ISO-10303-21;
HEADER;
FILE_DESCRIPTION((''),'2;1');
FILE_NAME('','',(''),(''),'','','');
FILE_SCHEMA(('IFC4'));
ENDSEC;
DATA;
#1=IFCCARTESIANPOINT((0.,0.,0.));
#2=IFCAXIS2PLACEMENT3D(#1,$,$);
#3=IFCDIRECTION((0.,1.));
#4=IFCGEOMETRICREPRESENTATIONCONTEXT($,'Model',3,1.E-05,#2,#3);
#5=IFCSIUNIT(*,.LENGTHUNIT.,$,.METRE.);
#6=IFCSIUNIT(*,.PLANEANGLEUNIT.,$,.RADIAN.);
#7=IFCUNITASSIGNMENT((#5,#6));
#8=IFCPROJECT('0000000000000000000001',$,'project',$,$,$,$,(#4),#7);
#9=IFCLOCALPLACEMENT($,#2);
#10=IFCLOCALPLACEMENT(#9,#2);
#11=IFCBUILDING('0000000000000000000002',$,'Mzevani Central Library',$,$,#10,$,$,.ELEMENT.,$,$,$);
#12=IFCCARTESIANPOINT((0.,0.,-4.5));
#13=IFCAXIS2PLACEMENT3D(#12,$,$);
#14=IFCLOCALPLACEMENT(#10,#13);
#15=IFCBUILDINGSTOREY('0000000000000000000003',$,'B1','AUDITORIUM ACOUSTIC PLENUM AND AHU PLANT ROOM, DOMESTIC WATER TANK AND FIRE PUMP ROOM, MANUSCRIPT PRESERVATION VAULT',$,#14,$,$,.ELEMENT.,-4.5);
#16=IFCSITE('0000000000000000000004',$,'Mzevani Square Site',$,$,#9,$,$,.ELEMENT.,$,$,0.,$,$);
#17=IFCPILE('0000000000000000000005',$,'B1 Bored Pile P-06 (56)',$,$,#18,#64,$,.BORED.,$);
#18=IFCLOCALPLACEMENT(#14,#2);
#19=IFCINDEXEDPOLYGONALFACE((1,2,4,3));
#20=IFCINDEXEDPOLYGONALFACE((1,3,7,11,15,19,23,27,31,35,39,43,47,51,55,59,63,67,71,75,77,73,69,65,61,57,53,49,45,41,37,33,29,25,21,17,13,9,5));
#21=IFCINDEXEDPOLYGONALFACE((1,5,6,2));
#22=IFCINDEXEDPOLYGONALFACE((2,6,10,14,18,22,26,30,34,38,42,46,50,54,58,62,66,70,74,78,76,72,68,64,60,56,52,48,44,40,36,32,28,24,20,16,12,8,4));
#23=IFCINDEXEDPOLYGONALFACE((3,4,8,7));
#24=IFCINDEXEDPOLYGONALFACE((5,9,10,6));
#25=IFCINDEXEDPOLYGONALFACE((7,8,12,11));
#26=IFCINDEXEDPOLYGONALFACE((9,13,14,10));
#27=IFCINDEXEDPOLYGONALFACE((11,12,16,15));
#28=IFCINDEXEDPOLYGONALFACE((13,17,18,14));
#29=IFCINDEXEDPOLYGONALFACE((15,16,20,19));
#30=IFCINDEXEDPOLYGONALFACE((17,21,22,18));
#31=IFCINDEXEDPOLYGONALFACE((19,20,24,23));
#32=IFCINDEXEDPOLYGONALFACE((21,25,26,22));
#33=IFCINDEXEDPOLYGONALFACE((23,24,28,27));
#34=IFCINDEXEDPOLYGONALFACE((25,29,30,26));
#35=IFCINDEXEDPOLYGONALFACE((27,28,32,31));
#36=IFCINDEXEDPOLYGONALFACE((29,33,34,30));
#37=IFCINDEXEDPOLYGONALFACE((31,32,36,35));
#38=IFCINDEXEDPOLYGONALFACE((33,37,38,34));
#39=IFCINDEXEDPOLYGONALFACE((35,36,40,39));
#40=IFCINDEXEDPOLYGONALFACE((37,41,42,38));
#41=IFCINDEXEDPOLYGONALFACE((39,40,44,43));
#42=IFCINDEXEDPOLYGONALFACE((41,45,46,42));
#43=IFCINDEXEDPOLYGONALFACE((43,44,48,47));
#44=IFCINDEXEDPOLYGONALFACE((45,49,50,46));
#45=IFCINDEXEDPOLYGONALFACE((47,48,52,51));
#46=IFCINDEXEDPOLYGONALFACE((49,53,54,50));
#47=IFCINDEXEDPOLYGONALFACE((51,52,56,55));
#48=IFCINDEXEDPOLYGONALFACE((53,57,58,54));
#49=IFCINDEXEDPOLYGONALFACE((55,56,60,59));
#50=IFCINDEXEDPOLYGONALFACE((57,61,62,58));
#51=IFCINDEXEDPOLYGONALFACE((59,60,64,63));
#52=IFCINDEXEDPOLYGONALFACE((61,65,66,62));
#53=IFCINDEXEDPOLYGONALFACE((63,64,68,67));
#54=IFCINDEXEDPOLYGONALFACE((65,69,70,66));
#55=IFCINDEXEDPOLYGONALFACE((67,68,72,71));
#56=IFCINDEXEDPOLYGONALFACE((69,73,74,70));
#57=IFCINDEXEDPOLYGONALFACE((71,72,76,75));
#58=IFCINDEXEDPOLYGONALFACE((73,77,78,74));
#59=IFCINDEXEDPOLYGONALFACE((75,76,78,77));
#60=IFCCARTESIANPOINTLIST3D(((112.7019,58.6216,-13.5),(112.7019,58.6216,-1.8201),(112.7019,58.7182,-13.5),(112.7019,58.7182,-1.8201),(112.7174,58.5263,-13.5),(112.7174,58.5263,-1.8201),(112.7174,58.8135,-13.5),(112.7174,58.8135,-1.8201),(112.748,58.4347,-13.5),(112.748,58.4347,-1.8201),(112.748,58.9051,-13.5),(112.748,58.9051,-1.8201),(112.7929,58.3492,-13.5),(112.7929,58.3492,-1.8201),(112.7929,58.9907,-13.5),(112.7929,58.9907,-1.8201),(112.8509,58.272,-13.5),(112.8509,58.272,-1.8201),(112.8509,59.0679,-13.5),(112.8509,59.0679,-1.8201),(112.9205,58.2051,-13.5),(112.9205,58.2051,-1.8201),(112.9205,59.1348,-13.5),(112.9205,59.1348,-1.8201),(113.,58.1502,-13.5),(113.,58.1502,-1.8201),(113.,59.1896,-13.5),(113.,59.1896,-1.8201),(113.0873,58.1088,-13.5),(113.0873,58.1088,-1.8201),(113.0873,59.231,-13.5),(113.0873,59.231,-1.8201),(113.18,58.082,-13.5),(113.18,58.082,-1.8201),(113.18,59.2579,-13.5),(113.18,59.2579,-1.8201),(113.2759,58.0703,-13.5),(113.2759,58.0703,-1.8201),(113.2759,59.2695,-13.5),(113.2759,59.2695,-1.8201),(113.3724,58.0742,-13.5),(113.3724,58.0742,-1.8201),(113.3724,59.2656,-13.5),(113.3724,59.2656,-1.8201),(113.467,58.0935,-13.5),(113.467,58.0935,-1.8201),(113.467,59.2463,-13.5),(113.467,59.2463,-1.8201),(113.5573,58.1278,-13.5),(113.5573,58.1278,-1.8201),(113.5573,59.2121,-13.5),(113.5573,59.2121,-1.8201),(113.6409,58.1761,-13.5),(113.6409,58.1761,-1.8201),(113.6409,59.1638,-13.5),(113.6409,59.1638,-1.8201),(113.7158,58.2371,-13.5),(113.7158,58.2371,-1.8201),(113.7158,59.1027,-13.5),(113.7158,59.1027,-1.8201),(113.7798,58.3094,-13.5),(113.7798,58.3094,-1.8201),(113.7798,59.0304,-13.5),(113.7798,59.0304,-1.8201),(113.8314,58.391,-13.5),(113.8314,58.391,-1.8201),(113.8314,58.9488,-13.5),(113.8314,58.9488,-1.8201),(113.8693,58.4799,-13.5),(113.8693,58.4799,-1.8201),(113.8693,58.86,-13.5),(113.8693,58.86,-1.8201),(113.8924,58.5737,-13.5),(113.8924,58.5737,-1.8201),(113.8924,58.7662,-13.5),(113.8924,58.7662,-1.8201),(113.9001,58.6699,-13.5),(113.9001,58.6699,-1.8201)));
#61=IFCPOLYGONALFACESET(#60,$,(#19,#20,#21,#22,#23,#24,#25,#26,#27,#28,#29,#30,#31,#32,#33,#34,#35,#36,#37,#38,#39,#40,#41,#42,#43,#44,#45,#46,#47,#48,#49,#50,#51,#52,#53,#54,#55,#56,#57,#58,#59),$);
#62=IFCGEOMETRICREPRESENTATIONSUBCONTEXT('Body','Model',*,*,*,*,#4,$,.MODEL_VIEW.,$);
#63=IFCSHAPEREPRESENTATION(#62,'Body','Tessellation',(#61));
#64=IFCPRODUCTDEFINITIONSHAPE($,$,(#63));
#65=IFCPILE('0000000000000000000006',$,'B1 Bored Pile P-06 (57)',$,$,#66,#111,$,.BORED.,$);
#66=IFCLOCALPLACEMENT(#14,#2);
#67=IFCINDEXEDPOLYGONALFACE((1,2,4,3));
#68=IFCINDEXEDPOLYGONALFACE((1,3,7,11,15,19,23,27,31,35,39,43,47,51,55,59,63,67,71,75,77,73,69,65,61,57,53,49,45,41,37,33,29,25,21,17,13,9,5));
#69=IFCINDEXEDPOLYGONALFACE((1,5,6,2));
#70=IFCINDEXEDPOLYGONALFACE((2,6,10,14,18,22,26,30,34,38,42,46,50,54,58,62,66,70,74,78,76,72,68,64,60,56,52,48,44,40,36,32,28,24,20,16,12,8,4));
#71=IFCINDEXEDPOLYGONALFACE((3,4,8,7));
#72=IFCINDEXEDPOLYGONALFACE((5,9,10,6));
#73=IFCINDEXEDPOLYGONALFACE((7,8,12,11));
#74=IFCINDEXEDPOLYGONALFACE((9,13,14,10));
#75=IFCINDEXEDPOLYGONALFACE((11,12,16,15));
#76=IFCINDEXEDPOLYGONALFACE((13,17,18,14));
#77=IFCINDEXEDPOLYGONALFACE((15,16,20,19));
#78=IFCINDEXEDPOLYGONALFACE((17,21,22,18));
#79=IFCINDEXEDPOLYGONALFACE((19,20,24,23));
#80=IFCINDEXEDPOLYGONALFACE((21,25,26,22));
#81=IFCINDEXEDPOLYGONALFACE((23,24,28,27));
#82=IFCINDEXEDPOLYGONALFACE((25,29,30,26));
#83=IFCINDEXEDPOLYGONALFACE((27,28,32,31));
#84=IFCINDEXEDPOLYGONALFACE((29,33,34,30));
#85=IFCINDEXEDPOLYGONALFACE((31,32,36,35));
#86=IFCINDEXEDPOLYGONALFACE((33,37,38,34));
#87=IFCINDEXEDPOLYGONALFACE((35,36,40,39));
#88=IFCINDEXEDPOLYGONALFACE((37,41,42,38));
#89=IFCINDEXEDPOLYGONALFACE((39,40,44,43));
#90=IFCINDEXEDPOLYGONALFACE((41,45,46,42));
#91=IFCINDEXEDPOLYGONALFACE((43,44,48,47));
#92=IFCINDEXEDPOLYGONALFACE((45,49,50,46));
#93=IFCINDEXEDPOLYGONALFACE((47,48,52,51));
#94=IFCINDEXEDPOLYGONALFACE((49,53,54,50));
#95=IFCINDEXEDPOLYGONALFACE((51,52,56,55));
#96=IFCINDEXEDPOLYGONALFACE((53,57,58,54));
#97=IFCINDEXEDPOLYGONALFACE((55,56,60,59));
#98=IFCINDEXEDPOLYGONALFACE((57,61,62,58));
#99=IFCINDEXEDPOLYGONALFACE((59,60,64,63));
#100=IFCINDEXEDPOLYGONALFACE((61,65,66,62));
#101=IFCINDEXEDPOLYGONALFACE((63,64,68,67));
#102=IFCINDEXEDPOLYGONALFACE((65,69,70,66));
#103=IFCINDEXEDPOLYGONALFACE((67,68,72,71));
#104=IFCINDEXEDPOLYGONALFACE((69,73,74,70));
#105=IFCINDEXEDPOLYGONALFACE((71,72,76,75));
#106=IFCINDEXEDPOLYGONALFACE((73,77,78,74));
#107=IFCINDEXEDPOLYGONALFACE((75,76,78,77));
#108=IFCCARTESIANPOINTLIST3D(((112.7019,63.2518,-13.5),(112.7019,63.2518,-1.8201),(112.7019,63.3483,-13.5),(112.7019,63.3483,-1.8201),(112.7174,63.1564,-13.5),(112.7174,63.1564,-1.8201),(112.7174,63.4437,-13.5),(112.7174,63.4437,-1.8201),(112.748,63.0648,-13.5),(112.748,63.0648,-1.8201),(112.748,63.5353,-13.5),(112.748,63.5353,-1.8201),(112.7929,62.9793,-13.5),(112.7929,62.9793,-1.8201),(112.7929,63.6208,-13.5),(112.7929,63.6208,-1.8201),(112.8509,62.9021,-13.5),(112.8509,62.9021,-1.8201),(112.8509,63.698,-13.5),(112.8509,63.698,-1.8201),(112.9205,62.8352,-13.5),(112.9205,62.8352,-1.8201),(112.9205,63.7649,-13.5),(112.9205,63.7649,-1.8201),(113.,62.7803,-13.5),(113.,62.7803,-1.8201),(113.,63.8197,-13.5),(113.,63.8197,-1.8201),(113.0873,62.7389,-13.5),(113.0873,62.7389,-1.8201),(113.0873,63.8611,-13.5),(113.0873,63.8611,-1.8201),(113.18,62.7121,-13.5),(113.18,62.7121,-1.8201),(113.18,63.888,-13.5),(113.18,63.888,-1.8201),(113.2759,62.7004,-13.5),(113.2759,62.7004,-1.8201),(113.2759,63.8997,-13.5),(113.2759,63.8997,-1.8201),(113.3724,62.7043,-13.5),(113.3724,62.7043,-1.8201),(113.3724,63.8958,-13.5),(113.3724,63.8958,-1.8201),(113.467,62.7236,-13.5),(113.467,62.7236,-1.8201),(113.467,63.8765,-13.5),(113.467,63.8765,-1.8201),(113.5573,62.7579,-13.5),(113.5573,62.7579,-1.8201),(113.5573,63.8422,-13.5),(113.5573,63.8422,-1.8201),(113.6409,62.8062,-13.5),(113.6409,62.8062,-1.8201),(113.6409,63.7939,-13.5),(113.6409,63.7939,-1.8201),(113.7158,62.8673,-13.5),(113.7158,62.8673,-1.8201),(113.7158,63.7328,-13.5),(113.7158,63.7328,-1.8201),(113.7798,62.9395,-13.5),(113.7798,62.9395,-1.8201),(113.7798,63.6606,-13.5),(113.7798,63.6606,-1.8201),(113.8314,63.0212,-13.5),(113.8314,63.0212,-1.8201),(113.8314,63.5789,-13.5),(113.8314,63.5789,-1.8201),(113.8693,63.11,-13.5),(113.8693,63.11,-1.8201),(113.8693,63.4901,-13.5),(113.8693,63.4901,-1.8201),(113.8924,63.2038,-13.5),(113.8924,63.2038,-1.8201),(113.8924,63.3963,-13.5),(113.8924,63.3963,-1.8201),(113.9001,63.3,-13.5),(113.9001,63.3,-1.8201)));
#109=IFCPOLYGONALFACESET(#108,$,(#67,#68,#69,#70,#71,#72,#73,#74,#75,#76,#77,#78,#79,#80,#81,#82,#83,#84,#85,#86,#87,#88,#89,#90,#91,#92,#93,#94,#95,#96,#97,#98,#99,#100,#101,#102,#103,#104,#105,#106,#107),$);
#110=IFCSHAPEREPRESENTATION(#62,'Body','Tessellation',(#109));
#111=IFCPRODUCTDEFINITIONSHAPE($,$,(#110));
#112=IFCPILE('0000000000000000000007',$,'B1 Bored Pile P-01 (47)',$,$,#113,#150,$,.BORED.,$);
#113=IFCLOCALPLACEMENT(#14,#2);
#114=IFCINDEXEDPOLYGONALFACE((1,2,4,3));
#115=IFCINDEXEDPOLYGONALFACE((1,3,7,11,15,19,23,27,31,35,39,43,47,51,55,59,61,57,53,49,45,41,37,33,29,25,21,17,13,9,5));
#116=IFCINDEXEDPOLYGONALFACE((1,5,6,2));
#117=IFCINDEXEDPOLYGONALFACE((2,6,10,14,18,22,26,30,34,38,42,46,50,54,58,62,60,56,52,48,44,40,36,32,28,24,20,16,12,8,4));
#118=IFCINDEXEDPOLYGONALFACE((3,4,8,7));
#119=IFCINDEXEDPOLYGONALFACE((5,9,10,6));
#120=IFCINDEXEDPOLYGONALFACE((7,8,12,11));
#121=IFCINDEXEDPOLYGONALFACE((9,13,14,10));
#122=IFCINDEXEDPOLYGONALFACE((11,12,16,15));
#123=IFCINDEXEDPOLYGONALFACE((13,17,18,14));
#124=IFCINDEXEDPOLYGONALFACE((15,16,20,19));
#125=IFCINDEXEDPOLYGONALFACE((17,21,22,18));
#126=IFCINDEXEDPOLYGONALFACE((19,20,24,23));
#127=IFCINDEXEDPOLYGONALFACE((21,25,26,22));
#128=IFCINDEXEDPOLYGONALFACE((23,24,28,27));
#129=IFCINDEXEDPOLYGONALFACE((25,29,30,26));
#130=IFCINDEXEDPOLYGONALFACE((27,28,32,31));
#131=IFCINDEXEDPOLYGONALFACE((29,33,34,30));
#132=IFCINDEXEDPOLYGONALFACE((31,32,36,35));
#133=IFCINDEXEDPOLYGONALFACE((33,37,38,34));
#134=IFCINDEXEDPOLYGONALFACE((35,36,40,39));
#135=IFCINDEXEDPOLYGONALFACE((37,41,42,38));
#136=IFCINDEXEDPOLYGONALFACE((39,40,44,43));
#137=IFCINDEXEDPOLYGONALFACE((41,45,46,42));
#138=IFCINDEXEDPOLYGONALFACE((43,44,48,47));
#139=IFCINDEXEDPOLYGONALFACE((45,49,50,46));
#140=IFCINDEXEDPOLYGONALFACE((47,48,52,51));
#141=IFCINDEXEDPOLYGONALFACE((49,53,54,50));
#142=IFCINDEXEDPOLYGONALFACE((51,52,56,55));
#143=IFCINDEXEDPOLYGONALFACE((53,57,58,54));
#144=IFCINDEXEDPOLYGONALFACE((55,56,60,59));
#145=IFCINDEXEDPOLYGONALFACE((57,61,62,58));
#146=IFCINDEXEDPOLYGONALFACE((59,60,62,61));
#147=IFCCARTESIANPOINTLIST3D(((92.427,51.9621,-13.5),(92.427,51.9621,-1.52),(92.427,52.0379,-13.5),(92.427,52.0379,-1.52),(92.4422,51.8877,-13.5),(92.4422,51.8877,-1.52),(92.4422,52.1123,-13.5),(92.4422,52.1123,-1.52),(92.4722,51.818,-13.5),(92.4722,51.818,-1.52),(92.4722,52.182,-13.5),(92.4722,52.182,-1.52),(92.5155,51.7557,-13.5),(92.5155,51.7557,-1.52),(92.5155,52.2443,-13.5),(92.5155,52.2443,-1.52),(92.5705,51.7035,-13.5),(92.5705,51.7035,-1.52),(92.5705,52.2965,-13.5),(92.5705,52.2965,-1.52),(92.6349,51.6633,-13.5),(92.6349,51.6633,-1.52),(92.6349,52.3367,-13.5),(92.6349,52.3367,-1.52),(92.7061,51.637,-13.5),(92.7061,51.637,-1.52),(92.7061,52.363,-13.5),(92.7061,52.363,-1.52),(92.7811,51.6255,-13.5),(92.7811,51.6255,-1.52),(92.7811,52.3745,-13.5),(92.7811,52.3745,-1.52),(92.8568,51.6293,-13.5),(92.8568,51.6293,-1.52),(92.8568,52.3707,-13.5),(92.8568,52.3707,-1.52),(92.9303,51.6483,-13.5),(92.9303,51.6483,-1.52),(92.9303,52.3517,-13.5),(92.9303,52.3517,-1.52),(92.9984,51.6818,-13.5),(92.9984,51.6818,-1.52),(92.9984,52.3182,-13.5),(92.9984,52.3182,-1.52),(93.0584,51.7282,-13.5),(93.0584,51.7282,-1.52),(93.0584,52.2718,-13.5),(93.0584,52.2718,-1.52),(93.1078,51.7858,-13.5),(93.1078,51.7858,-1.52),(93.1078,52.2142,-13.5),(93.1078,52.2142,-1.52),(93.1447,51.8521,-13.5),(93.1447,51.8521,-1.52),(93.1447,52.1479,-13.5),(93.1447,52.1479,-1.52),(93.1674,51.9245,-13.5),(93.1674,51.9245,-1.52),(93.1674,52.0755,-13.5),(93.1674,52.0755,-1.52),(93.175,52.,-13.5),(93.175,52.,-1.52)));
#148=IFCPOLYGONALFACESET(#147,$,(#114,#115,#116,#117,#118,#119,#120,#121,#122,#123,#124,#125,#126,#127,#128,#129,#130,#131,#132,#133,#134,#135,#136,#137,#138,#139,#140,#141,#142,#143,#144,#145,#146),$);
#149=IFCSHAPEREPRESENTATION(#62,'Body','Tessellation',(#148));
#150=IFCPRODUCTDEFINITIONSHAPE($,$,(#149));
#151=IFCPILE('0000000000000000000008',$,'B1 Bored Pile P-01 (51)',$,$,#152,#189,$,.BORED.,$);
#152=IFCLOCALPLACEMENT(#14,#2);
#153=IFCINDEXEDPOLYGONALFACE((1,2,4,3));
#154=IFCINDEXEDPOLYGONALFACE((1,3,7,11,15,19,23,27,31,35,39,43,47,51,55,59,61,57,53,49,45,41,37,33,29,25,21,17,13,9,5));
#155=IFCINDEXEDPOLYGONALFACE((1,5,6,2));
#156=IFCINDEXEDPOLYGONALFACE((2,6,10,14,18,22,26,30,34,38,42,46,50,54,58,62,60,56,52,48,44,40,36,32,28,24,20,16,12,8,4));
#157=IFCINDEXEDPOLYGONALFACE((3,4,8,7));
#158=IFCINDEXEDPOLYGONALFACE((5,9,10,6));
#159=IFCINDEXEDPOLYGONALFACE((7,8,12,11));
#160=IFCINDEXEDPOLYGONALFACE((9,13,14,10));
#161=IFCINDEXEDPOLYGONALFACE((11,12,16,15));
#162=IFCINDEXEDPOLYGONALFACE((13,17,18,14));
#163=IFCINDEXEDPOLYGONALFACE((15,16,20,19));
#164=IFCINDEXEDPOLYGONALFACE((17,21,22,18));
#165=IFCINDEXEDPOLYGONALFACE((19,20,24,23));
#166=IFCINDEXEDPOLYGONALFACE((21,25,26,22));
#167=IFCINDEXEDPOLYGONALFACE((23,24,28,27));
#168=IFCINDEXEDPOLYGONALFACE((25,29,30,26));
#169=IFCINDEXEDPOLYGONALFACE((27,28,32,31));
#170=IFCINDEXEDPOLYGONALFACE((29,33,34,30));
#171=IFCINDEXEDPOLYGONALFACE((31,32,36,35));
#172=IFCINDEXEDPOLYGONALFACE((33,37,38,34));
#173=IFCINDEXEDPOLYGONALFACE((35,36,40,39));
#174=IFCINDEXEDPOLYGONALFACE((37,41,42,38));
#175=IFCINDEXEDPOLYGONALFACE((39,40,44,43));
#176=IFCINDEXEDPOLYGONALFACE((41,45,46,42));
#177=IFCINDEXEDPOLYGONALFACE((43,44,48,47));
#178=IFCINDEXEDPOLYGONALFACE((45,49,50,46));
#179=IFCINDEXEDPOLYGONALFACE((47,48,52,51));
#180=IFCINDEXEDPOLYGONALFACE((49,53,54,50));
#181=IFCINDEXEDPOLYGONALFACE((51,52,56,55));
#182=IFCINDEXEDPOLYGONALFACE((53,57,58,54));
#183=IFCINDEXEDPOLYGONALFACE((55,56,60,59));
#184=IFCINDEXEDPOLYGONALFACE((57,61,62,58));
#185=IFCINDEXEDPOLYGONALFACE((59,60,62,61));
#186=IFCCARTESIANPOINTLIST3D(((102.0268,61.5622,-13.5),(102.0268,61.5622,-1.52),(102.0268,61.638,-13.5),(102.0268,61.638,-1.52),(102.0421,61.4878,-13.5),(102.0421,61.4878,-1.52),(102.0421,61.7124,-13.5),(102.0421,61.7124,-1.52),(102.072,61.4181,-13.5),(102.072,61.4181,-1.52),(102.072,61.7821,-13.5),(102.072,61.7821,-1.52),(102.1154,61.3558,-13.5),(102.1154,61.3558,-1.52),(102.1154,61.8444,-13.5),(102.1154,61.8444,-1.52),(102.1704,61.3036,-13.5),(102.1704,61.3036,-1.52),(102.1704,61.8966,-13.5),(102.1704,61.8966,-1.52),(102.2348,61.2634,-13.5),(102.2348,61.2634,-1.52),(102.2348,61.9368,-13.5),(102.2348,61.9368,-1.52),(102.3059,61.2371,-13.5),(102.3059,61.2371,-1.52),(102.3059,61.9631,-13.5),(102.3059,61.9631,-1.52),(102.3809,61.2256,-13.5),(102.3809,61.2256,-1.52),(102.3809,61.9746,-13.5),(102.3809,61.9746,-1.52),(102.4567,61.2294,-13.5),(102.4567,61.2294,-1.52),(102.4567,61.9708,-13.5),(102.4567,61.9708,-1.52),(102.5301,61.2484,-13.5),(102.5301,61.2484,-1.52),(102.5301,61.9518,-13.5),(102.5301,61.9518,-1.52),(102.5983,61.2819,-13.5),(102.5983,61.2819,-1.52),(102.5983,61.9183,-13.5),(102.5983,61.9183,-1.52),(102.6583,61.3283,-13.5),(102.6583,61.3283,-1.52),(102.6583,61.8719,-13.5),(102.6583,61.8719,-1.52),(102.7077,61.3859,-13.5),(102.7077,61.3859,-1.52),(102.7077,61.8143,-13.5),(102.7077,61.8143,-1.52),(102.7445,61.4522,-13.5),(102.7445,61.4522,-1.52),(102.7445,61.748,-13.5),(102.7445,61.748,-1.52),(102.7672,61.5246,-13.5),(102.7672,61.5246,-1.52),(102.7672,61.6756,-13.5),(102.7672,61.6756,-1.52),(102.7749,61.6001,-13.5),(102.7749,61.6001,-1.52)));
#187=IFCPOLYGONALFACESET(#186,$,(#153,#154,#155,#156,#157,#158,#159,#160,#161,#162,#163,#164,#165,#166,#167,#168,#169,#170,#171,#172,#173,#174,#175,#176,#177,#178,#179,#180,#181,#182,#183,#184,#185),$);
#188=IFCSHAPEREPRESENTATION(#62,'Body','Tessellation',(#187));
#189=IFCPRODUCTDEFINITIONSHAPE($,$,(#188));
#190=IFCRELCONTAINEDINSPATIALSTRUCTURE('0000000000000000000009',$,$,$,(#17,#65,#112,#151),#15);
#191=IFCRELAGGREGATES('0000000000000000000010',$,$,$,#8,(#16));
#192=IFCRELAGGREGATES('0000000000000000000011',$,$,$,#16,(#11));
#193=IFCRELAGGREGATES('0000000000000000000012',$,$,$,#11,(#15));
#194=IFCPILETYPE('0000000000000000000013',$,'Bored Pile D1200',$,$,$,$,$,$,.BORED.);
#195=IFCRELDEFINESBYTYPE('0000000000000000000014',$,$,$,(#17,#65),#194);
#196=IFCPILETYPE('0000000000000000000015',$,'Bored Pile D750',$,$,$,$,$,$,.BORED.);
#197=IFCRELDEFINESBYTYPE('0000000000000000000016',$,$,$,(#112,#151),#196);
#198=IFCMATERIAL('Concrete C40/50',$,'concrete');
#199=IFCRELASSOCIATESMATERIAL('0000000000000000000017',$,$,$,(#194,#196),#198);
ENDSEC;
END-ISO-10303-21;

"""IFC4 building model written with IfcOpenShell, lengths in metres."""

from ifc_helpers import new_model, si_unit, direction, frame, origin, origin_2d, place, context, subcontext, project, spatial, circle, extrude, material, material_profile, profile_set, type_object, element, save


model = new_model("IFC4")

# Units and contexts
model_context = context("Model", 3, precision=1e-05, world=origin(), true_north=direction((0.0, 1.0)))
body_context = subcontext(model_context, "Body", "Model", "MODEL_VIEW")
ifc_project = project(units=[si_unit("LENGTHUNIT", "METRE"), si_unit("PLANEANGLEUNIT", "RADIAN")], contexts=[model_context])

# Site, building, storey
site_placement = place(None, origin())
site = spatial("IfcSite", under=ifc_project, at=site_placement, Name="Mzevani Square Site", CompositionType="ELEMENT", RefElevation=0.0)
building_placement = place(site_placement, origin())
building = spatial("IfcBuilding", under=site, at=building_placement, Name="Mzevani Central Library", CompositionType="ELEMENT")
storey_placement = place(building_placement, frame((0.0, 0.0, -4.5)))
storey = spatial("IfcBuildingStorey", under=building, at=storey_placement, Name="B1", Description="AUDITORIUM ACOUSTIC PLENUM AND AHU PLANT ROOM, DOMESTIC WATER TANK AND FIRE PUMP ROOM, MANUSCRIPT PRESERVATION VAULT", CompositionType="ELEMENT", Elevation=-4.5)

# Piles
ifc_material_1 = material(Name="Concrete C40/50", Category="concrete")
ifc_material_profile_1 = material_profile(ifc_material_1, circle(Radius=0.6001, at=origin_2d()), Name="PILE D1200")
ifc_profile_set_1 = profile_set([ifc_material_profile_1], Name="Concrete C40/50")
pile_type_1 = type_object("IfcPileType", Name="Bored Pile D1200", PredefinedType="BORED", material=ifc_profile_set_1)
for number, where, z_axis, x_axis, name in (
    (1, (113.3, 58.6699, -1.8201), (0.0, 0.0, -1.0), (1.0, 0.0, 0.0), "B1 Bored Pile P-06 (56)"),
    (2, (113.3, 63.3, -1.8201), (0.0, 0.0, -1.0), (1.0, 0.0, 0.0), "B1 Bored Pile P-06 (57)"),
):
    element("IfcPile", number, at=place(storey_placement, frame(where, z_axis=z_axis, x_axis=x_axis)), inside=storey, type_object=pile_type_1, Name=name, PredefinedType="BORED", context=body_context, shape_type="SweptSolid", body=[
        extrude(circle(Radius=0.6001, at=origin_2d()), origin(), (0.0, 0.0, 1.0), 11.6799),
    ])
ifc_material_profile_2 = material_profile(ifc_material_1, circle(Radius=0.375, at=origin_2d()), Name="PILE D750")
ifc_profile_set_2 = profile_set([ifc_material_profile_2], Name="Concrete C40/50")
pile_type_2 = type_object("IfcPileType", Name="Bored Pile D750", PredefinedType="BORED", material=ifc_profile_set_2)
for number, where, z_axis, x_axis, name in (
    (3, (92.8, 52.0, -1.52), (0.0, 0.0, -1.0), (1.0, 0.0, 0.0), "B1 Bored Pile P-01 (47)"),
    (4, (102.3999, 61.6001, -1.52), (0.0, 0.0, -1.0), (1.0, 0.0, 0.0), "B1 Bored Pile P-01 (51)"),
):
    element("IfcPile", number, at=place(storey_placement, frame(where, z_axis=z_axis, x_axis=x_axis)), inside=storey, type_object=pile_type_2, Name=name, PredefinedType="BORED", context=body_context, shape_type="SweptSolid", body=[
        extrude(circle(Radius=0.375, at=origin_2d()), origin(), (0.0, 0.0, 1.0), 11.98),
    ])

save(model, "model.ifc")
